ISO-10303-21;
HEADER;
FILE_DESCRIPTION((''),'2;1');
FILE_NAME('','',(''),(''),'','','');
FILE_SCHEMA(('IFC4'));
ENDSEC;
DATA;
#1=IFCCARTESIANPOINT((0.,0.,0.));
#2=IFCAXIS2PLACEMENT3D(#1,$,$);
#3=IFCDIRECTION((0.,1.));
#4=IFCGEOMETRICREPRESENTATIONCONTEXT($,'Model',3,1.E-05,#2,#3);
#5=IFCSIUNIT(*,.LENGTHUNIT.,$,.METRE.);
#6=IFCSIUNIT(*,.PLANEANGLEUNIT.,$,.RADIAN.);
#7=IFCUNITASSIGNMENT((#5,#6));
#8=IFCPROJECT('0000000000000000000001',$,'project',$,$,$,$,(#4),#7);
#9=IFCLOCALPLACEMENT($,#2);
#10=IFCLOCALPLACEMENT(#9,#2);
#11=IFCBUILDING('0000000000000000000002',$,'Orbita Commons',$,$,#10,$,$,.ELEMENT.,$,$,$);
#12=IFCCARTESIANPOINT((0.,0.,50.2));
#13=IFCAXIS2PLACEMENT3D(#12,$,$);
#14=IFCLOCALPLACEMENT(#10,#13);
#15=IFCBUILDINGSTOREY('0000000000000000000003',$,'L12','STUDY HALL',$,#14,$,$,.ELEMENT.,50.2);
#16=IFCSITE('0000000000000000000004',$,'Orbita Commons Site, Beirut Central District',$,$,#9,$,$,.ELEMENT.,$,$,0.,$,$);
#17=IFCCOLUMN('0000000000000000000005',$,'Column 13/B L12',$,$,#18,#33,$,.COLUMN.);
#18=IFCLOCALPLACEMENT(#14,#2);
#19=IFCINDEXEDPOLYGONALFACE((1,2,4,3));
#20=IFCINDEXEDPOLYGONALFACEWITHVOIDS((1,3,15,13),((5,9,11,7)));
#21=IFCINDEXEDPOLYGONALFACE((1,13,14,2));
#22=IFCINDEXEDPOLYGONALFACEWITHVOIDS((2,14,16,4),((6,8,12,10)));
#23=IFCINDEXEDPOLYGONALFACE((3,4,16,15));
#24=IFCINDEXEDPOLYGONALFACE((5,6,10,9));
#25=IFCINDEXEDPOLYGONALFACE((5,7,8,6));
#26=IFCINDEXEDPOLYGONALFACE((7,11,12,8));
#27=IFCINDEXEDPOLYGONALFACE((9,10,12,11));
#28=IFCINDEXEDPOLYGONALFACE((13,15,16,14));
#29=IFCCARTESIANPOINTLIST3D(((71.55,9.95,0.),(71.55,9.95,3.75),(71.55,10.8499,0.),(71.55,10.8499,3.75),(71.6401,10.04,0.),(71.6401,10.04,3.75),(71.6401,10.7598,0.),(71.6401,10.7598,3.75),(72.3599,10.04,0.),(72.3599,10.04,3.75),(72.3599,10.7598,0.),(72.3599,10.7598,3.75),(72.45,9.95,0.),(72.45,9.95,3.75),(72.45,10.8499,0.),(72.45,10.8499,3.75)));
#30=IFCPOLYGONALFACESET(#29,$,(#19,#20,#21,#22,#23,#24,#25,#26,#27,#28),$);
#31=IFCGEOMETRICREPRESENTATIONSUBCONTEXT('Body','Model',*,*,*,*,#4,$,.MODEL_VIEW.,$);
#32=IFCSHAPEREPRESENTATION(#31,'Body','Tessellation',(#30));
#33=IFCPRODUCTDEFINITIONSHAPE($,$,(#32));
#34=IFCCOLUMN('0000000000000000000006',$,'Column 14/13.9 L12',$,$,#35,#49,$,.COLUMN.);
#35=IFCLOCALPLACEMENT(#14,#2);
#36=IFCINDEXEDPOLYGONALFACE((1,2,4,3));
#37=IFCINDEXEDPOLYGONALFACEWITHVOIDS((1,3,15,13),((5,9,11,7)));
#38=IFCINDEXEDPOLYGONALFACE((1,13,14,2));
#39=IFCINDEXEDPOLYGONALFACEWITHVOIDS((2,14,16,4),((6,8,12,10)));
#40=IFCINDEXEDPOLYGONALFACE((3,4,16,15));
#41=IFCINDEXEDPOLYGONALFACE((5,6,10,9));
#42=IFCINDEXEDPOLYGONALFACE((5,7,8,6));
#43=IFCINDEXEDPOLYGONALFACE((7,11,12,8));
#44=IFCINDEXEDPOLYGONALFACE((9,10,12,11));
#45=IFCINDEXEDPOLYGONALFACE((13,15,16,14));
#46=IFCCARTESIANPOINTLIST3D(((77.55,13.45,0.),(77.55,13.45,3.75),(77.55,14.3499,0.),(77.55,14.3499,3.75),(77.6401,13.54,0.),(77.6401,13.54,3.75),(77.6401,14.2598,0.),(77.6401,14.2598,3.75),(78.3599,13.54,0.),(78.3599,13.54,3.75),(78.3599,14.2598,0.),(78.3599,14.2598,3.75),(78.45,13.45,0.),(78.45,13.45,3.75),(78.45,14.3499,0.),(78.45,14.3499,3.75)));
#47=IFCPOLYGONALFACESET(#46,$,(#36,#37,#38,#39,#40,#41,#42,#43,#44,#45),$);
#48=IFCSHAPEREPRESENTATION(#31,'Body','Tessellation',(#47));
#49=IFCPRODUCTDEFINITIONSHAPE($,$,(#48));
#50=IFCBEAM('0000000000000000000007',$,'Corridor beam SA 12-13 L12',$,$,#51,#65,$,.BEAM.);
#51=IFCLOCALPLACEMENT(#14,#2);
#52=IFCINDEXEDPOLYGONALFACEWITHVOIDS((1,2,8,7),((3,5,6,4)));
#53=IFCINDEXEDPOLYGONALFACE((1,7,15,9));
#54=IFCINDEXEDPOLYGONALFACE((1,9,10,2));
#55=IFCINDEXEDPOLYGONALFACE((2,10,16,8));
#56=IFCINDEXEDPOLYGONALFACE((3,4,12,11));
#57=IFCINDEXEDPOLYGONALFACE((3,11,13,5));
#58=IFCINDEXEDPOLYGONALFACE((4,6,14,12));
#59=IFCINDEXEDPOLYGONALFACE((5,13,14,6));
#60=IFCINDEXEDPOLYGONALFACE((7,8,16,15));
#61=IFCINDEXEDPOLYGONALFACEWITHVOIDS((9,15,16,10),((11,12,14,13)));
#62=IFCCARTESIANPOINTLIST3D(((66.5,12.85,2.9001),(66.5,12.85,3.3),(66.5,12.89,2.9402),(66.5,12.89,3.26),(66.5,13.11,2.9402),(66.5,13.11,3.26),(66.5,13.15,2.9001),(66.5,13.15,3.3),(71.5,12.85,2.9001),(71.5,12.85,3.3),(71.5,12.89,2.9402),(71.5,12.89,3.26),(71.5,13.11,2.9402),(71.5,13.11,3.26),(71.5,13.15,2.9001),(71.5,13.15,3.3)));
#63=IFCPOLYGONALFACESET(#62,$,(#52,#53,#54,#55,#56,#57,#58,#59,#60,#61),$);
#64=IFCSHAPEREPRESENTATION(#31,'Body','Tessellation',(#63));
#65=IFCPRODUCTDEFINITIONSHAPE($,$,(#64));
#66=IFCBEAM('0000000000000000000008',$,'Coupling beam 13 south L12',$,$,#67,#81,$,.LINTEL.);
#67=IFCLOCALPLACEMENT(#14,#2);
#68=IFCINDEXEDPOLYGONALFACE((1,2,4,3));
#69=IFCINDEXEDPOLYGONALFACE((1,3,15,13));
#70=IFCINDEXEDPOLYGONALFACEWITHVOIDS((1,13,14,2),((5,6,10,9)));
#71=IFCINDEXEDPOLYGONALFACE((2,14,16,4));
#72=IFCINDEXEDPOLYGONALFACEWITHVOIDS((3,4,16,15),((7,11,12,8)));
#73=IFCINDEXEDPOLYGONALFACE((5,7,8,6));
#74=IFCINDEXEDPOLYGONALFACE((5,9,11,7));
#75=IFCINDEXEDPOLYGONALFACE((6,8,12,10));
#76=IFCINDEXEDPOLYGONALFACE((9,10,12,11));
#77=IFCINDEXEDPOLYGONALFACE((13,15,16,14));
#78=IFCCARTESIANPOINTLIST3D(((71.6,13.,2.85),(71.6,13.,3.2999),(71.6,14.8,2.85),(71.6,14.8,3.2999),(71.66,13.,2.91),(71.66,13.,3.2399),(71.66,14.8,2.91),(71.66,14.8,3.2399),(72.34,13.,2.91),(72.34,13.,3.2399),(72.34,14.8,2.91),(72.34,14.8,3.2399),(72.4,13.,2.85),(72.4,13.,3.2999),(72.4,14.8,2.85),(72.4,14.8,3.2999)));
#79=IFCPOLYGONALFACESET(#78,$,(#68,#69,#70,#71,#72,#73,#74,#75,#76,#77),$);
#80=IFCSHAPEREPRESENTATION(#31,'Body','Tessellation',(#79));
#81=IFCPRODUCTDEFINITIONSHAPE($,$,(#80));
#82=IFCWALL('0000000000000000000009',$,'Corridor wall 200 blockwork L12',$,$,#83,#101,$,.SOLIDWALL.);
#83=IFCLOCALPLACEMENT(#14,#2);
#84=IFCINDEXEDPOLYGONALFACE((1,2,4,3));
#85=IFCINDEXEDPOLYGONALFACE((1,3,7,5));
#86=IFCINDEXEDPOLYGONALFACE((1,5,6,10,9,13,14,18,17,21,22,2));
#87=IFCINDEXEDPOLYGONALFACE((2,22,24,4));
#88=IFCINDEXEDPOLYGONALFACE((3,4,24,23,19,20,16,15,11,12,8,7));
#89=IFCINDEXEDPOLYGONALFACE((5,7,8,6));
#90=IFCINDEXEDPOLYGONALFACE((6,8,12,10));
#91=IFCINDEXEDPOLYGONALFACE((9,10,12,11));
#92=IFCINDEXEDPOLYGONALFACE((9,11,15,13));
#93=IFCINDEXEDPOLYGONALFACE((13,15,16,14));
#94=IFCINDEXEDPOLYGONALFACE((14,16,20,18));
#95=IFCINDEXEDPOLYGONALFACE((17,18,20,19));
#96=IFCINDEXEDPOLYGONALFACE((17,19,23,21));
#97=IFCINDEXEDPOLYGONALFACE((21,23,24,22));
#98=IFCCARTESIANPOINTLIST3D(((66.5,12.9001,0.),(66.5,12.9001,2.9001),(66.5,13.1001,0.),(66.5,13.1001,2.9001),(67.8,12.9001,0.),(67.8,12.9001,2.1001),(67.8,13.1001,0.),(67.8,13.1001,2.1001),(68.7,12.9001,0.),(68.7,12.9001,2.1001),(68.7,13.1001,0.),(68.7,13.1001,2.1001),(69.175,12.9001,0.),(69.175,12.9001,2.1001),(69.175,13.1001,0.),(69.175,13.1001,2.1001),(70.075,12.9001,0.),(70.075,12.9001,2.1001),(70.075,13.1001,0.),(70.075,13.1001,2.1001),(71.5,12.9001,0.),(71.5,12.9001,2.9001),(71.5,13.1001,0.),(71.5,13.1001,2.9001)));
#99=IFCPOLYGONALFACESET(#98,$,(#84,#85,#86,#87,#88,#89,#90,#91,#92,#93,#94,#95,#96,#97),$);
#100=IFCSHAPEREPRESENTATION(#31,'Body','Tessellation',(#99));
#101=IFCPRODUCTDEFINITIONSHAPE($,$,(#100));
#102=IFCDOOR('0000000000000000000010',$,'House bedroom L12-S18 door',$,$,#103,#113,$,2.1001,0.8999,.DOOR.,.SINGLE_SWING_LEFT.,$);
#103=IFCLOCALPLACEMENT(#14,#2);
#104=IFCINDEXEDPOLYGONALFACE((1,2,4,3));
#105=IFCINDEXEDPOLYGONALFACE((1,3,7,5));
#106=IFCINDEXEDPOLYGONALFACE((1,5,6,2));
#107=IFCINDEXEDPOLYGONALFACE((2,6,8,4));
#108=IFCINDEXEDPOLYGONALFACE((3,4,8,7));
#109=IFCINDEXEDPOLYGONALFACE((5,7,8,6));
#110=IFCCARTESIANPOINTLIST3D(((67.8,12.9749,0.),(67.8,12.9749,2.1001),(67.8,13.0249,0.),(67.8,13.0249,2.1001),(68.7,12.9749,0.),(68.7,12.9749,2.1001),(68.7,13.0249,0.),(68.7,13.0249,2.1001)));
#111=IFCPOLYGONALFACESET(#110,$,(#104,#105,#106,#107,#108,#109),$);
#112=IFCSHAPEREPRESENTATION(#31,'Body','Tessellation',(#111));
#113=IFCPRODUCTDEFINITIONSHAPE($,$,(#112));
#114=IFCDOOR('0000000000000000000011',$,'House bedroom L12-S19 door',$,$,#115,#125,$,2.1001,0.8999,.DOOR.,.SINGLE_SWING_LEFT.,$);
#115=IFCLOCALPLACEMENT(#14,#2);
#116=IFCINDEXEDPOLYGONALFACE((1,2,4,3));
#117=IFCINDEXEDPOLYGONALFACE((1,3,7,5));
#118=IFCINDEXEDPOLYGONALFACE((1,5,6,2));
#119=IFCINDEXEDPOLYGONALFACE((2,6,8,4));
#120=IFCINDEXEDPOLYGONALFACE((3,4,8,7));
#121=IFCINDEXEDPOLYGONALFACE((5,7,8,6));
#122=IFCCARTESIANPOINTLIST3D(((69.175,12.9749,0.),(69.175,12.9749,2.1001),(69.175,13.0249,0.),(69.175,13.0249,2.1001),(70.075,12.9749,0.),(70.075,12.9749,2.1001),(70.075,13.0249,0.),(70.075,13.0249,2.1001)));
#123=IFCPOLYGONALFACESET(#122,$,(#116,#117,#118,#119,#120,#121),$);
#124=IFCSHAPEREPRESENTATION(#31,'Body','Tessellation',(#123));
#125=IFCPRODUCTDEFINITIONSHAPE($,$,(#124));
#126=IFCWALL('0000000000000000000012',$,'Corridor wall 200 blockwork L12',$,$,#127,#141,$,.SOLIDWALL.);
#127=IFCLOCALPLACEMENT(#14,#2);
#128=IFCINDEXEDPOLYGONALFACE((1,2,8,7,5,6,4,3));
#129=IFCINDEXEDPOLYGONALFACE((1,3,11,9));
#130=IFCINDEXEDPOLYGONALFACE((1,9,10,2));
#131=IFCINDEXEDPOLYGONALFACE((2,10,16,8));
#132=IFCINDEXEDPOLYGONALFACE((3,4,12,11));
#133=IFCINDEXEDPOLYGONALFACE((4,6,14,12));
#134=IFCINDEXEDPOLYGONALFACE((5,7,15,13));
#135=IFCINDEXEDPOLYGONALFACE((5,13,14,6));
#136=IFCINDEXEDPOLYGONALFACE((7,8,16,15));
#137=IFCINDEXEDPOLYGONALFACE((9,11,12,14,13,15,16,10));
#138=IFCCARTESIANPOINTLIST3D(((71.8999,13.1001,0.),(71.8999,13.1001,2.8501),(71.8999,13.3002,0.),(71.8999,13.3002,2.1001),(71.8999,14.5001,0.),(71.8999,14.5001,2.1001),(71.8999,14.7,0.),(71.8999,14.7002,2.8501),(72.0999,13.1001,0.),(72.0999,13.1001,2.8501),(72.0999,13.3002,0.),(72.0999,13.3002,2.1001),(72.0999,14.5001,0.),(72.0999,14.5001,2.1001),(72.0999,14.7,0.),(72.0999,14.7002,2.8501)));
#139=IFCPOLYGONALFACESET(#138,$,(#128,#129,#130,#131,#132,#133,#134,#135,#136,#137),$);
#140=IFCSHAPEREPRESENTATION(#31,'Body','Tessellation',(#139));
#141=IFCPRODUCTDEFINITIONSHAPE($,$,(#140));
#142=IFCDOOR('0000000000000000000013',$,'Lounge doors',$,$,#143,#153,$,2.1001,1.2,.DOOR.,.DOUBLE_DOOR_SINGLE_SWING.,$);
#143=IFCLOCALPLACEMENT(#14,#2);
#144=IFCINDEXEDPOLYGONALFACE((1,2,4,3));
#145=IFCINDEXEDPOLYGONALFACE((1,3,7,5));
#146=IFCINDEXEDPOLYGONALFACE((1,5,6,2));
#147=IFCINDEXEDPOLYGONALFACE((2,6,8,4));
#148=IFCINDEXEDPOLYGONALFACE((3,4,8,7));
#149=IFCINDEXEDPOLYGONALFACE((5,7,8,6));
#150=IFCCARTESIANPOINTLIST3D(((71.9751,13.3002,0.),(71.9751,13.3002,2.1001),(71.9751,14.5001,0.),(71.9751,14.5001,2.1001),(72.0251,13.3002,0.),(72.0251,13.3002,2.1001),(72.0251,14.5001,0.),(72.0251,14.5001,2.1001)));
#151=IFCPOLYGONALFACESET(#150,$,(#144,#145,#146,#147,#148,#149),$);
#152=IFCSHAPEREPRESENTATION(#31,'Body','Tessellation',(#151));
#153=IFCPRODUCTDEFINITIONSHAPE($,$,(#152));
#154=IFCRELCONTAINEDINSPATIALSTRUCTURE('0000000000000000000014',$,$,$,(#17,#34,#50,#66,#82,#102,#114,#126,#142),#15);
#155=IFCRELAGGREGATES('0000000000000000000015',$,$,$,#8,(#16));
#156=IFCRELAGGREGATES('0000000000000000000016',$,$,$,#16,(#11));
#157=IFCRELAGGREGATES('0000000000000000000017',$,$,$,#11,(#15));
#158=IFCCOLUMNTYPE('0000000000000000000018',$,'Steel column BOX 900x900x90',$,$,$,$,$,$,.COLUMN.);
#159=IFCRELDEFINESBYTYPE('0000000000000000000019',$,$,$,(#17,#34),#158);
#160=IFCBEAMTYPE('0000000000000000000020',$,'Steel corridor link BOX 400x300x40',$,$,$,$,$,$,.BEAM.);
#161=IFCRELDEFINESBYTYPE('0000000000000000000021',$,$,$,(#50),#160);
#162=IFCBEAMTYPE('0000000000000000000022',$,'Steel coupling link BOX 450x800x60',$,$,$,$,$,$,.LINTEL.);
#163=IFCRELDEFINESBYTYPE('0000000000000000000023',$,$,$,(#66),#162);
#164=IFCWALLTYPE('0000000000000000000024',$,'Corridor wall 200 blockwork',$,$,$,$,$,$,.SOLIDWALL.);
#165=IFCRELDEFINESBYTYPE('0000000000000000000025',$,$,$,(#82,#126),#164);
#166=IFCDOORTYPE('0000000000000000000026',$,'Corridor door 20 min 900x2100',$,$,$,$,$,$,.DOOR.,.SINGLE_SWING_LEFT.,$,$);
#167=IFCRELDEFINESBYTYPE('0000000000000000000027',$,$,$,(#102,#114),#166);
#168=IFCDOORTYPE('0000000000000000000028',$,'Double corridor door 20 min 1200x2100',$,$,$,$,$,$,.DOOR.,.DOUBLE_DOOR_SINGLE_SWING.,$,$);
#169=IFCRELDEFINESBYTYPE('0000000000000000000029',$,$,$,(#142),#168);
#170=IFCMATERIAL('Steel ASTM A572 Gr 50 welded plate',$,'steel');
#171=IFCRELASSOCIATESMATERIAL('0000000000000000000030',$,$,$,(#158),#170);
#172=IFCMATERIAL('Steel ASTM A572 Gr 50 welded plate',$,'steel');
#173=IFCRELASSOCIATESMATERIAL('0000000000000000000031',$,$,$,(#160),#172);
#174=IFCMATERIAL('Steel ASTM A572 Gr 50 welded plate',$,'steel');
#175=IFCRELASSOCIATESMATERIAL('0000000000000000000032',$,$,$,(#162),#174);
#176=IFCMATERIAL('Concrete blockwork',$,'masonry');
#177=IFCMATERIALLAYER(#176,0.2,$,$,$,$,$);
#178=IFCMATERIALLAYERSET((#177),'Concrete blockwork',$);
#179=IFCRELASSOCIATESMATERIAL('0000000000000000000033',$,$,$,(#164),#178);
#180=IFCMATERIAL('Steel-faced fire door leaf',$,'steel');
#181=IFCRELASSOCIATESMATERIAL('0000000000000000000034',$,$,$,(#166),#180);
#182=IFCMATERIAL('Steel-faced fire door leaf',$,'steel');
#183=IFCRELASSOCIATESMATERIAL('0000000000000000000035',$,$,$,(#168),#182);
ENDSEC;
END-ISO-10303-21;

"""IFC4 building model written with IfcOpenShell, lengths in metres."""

from ifc_helpers import new_model, si_unit, direction, frame, frame_2d, origin, origin_2d, place, context, subcontext, project, spatial, polyline, rectangle, hollow_rectangle, outline, extrude, material, layer, layer_set, material_profile, profile_set, type_object, element, fill, save


model = new_model("IFC4")

# Units and contexts
model_context = context("Model", 3, precision=1e-05, world=origin(), true_north=direction((0.0, 1.0)))
body_context = subcontext(model_context, "Body", "Model", "MODEL_VIEW")
ifc_project = project(units=[si_unit("LENGTHUNIT", "METRE"), si_unit("PLANEANGLEUNIT", "RADIAN")], contexts=[model_context])

# Site, building, storey
site_placement = place(None, origin())
site = spatial("IfcSite", under=ifc_project, at=site_placement, Name="Orbita Commons Site, Beirut Central District", CompositionType="ELEMENT", RefElevation=0.0)
building_placement = place(site_placement, origin())
building = spatial("IfcBuilding", under=site, at=building_placement, Name="Orbita Commons", CompositionType="ELEMENT")
storey_placement = place(building_placement, frame((0.0, 0.0, 50.2)))
storey = spatial("IfcBuildingStorey", under=building, at=storey_placement, Name="L12", Description="STUDY HALL", CompositionType="ELEMENT", Elevation=50.2)

# Columns
ifc_material_1 = material(Name="Steel ASTM A572 Gr 50 welded plate", Category="steel")
ifc_material_profile_1 = material_profile(ifc_material_1, hollow_rectangle(XDim=0.8999, YDim=0.8999, WallThickness=0.0901, at=origin_2d()), Name="BOX 900x900x90")
ifc_profile_set_1 = profile_set([ifc_material_profile_1], Name="Steel ASTM A572 Gr 50 welded plate")
column_type = type_object("IfcColumnType", Name="Steel column BOX 900x900x90", PredefinedType="COLUMN", material=ifc_profile_set_1)
for number, where, z_axis, x_axis, name in (
    (1, (72.0, 10.3999, 0.0), (0.0, 0.0, 1.0), (1.0, 0.0, 0.0), "Column 13/B L12"),
    (2, (78.0, 13.8999, 0.0), (0.0, 0.0, 1.0), (1.0, 0.0, 0.0), "Column 14/13.9 L12"),
):
    element("IfcColumn", number, at=place(storey_placement, frame(where, z_axis=z_axis, x_axis=x_axis)), inside=storey, type_object=column_type, Name=name, PredefinedType="COLUMN", context=body_context, shape_type="SweptSolid", body=[
        extrude(hollow_rectangle(XDim=0.8999, YDim=0.8999, WallThickness=0.0901, at=origin_2d()), origin(), (0.0, 0.0, 1.0), 3.75),
    ])

# Beams
ifc_material_2 = material(Name="Steel ASTM A572 Gr 50 welded plate", Category="steel")
ifc_material_profile_2 = material_profile(ifc_material_2, hollow_rectangle(XDim=0.3, YDim=0.3999, WallThickness=0.04, at=origin_2d()), Name="BOX 400x300x40")
ifc_profile_set_2 = profile_set([ifc_material_profile_2], Name="Steel ASTM A572 Gr 50 welded plate")
beam_type_1 = type_object("IfcBeamType", Name="Steel corridor link BOX 400x300x40", PredefinedType="BEAM", material=ifc_profile_set_2)
beam_1_placement = place(storey_placement, frame((66.5, 13.0, 3.1001), z_axis=(1.0, 0.0, 0.0), x_axis=(0.0, 1.0, 0.0)))
element("IfcBeam", 3, at=beam_1_placement, inside=storey, type_object=beam_type_1, Name="Corridor beam SA 12-13 L12", PredefinedType="BEAM", context=body_context, shape_type="SweptSolid", body=[
    extrude(hollow_rectangle(XDim=0.3, YDim=0.3999, WallThickness=0.04, at=origin_2d()), origin(), (0.0, 0.0, 1.0), 5.0),
])
ifc_material_3 = material(Name="Steel ASTM A572 Gr 50 welded plate", Category="steel")
ifc_material_profile_3 = material_profile(ifc_material_3, hollow_rectangle(XDim=0.8, YDim=0.45, WallThickness=0.0601, at=origin_2d()), Name="BOX 450x800x60")
ifc_profile_set_3 = profile_set([ifc_material_profile_3], Name="Steel ASTM A572 Gr 50 welded plate")
beam_type_2 = type_object("IfcBeamType", Name="Steel coupling link BOX 450x800x60", PredefinedType="LINTEL", material=ifc_profile_set_3)
beam_2_placement = place(storey_placement, frame((72.0, 13.0, 3.075), z_axis=(0.0, 1.0, 0.0), x_axis=(-1.0, 0.0, 0.0)))
element("IfcBeam", 4, at=beam_2_placement, inside=storey, type_object=beam_type_2, Name="Coupling beam 13 south L12", PredefinedType="LINTEL", context=body_context, shape_type="SweptSolid", body=[
    extrude(hollow_rectangle(XDim=0.8, YDim=0.45, WallThickness=0.0601, at=origin_2d()), origin(), (0.0, 0.0, 1.0), 1.8),
])

# Wall, openings, doors
ifc_material_4 = material(Name="Concrete blockwork", Category="masonry")
ifc_layer_1 = layer(ifc_material_4, 0.2)
ifc_layer_set_1 = layer_set([ifc_layer_1], Name="Concrete blockwork")
wall_type_1 = type_object("IfcWallType", Name="Corridor wall 200 blockwork", PredefinedType="SOLIDWALL", material=ifc_layer_set_1)
wall_1_placement = place(storey_placement, frame((66.5, 13.0, 0.0), z_axis=(0.0, 0.0, 1.0), x_axis=(1.0, 0.0, 0.0)))
wall_1 = element("IfcWall", 5, at=wall_1_placement, inside=storey, type_object=wall_type_1, Name="Corridor wall 200 blockwork L12", PredefinedType="SOLIDWALL", context=body_context, shape_type="SweptSolid", body=[
    extrude(outline(polyline([(0.0, 0.0), (5.0, 0.0), (5.0, 2.9001), (0.0, 2.9001), (0.0, 0.0)])), frame((0.0, 0.1001, 0.0), z_axis=(0.0, -1.0, 0.0), x_axis=(1.0, 0.0, 0.0)), (0.0, 0.0, 1.0), 0.2),
])
opening_1_placement = place(wall_1_placement, frame((1.3, 0.0, 0.0)))
opening_1 = element("IfcOpeningElement", 6, at=opening_1_placement, cuts=wall_1, PredefinedType="OPENING", context=body_context, shape_type="SweptSolid", body=[
    extrude(rectangle(XDim=0.8999, YDim=2.1001, at=frame_2d((0.45, 1.05))), frame((0.0, 0.1099, 0.0), z_axis=(0.0, -1.0, 0.0), x_axis=(1.0, 0.0, 0.0)), (0.0, 0.0, 1.0), 0.22),
])
opening_2_placement = place(wall_1_placement, frame((2.675, 0.0, 0.0)))
opening_2 = element("IfcOpeningElement", 7, at=opening_2_placement, cuts=wall_1, PredefinedType="OPENING", context=body_context, shape_type="SweptSolid", body=[
    extrude(rectangle(XDim=0.8999, YDim=2.1001, at=frame_2d((0.45, 1.05))), frame((0.0, 0.1099, 0.0), z_axis=(0.0, -1.0, 0.0), x_axis=(1.0, 0.0, 0.0)), (0.0, 0.0, 1.0), 0.22),
])
ifc_material_5 = material(Name="Steel-faced fire door leaf", Category="steel")
door_type_1 = type_object("IfcDoorType", Name="Corridor door 20 min 900x2100", OperationType="SINGLE_SWING_LEFT", PredefinedType="DOOR", material=ifc_material_5)
door_1_placement = place(opening_1_placement, origin())
door_1 = element("IfcDoor", 8, at=door_1_placement, inside=storey, type_object=door_type_1, Name="House bedroom L12-S18 door", OperationType="SINGLE_SWING_LEFT", OverallHeight=2.1001, OverallWidth=0.8999, PredefinedType="DOOR", context=body_context, shape_type="SweptSolid", body=[
    extrude(rectangle(XDim=0.8999, YDim=2.1001, at=frame_2d((0.45, 1.05))), frame((0.0, 0.0249, 0.0), z_axis=(0.0, -1.0, 0.0), x_axis=(1.0, 0.0, 0.0)), (0.0, 0.0, 1.0), 0.05),
])
fill(opening_1, door_1)
door_2_placement = place(opening_2_placement, origin())
door_2 = element("IfcDoor", 9, at=door_2_placement, inside=storey, type_object=door_type_1, Name="House bedroom L12-S19 door", OperationType="SINGLE_SWING_LEFT", OverallHeight=2.1001, OverallWidth=0.8999, PredefinedType="DOOR", context=body_context, shape_type="SweptSolid", body=[
    extrude(rectangle(XDim=0.8999, YDim=2.1001, at=frame_2d((0.45, 1.05))), frame((0.0, 0.0249, 0.0), z_axis=(0.0, -1.0, 0.0), x_axis=(1.0, 0.0, 0.0)), (0.0, 0.0, 1.0), 0.05),
])
fill(opening_2, door_2)

# Wall, opening, door
wall_2_placement = place(storey_placement, frame((72.0, 13.1001, 0.0), z_axis=(0.0, 0.0, 1.0), x_axis=(0.0, 1.0, 0.0)))
wall_2 = element("IfcWall", 10, at=wall_2_placement, inside=storey, type_object=wall_type_1, Name="Corridor wall 200 blockwork L12", PredefinedType="SOLIDWALL", context=body_context, shape_type="SweptSolid", body=[
    extrude(outline(polyline([(0.0, 0.0), (1.5999, 0.0), (1.6001, 2.8501), (0.0, 2.8501), (0.0, 0.0)])), frame((0.0, 0.1001, 0.0), z_axis=(0.0, -1.0, 0.0), x_axis=(1.0, 0.0, 0.0)), (0.0, 0.0, 1.0), 0.2),
])
opening_3_placement = place(wall_2_placement, frame((0.2, 0.0, 0.0)))
opening_3 = element("IfcOpeningElement", 11, at=opening_3_placement, cuts=wall_2, PredefinedType="OPENING", context=body_context, shape_type="SweptSolid", body=[
    extrude(rectangle(XDim=1.2, YDim=2.1001, at=frame_2d((0.6001, 1.05))), frame((0.0, 0.1099, 0.0), z_axis=(0.0, -1.0, 0.0), x_axis=(1.0, 0.0, 0.0)), (0.0, 0.0, 1.0), 0.22),
])
ifc_material_6 = material(Name="Steel-faced fire door leaf", Category="steel")
door_type_2 = type_object("IfcDoorType", Name="Double corridor door 20 min 1200x2100", OperationType="DOUBLE_DOOR_SINGLE_SWING", PredefinedType="DOOR", material=ifc_material_6)
door_3_placement = place(opening_3_placement, origin())
door_3 = element("IfcDoor", 12, at=door_3_placement, inside=storey, type_object=door_type_2, Name="Lounge doors", OperationType="DOUBLE_DOOR_SINGLE_SWING", OverallHeight=2.1001, OverallWidth=1.2, PredefinedType="DOOR", context=body_context, shape_type="SweptSolid", body=[
    extrude(rectangle(XDim=1.2, YDim=2.1001, at=frame_2d((0.6001, 1.05))), frame((0.0, 0.0249, 0.0), z_axis=(0.0, -1.0, 0.0), x_axis=(1.0, 0.0, 0.0)), (0.0, 0.0, 1.0), 0.05),
])
fill(opening_3, door_3)

save(model, "model.ifc")
